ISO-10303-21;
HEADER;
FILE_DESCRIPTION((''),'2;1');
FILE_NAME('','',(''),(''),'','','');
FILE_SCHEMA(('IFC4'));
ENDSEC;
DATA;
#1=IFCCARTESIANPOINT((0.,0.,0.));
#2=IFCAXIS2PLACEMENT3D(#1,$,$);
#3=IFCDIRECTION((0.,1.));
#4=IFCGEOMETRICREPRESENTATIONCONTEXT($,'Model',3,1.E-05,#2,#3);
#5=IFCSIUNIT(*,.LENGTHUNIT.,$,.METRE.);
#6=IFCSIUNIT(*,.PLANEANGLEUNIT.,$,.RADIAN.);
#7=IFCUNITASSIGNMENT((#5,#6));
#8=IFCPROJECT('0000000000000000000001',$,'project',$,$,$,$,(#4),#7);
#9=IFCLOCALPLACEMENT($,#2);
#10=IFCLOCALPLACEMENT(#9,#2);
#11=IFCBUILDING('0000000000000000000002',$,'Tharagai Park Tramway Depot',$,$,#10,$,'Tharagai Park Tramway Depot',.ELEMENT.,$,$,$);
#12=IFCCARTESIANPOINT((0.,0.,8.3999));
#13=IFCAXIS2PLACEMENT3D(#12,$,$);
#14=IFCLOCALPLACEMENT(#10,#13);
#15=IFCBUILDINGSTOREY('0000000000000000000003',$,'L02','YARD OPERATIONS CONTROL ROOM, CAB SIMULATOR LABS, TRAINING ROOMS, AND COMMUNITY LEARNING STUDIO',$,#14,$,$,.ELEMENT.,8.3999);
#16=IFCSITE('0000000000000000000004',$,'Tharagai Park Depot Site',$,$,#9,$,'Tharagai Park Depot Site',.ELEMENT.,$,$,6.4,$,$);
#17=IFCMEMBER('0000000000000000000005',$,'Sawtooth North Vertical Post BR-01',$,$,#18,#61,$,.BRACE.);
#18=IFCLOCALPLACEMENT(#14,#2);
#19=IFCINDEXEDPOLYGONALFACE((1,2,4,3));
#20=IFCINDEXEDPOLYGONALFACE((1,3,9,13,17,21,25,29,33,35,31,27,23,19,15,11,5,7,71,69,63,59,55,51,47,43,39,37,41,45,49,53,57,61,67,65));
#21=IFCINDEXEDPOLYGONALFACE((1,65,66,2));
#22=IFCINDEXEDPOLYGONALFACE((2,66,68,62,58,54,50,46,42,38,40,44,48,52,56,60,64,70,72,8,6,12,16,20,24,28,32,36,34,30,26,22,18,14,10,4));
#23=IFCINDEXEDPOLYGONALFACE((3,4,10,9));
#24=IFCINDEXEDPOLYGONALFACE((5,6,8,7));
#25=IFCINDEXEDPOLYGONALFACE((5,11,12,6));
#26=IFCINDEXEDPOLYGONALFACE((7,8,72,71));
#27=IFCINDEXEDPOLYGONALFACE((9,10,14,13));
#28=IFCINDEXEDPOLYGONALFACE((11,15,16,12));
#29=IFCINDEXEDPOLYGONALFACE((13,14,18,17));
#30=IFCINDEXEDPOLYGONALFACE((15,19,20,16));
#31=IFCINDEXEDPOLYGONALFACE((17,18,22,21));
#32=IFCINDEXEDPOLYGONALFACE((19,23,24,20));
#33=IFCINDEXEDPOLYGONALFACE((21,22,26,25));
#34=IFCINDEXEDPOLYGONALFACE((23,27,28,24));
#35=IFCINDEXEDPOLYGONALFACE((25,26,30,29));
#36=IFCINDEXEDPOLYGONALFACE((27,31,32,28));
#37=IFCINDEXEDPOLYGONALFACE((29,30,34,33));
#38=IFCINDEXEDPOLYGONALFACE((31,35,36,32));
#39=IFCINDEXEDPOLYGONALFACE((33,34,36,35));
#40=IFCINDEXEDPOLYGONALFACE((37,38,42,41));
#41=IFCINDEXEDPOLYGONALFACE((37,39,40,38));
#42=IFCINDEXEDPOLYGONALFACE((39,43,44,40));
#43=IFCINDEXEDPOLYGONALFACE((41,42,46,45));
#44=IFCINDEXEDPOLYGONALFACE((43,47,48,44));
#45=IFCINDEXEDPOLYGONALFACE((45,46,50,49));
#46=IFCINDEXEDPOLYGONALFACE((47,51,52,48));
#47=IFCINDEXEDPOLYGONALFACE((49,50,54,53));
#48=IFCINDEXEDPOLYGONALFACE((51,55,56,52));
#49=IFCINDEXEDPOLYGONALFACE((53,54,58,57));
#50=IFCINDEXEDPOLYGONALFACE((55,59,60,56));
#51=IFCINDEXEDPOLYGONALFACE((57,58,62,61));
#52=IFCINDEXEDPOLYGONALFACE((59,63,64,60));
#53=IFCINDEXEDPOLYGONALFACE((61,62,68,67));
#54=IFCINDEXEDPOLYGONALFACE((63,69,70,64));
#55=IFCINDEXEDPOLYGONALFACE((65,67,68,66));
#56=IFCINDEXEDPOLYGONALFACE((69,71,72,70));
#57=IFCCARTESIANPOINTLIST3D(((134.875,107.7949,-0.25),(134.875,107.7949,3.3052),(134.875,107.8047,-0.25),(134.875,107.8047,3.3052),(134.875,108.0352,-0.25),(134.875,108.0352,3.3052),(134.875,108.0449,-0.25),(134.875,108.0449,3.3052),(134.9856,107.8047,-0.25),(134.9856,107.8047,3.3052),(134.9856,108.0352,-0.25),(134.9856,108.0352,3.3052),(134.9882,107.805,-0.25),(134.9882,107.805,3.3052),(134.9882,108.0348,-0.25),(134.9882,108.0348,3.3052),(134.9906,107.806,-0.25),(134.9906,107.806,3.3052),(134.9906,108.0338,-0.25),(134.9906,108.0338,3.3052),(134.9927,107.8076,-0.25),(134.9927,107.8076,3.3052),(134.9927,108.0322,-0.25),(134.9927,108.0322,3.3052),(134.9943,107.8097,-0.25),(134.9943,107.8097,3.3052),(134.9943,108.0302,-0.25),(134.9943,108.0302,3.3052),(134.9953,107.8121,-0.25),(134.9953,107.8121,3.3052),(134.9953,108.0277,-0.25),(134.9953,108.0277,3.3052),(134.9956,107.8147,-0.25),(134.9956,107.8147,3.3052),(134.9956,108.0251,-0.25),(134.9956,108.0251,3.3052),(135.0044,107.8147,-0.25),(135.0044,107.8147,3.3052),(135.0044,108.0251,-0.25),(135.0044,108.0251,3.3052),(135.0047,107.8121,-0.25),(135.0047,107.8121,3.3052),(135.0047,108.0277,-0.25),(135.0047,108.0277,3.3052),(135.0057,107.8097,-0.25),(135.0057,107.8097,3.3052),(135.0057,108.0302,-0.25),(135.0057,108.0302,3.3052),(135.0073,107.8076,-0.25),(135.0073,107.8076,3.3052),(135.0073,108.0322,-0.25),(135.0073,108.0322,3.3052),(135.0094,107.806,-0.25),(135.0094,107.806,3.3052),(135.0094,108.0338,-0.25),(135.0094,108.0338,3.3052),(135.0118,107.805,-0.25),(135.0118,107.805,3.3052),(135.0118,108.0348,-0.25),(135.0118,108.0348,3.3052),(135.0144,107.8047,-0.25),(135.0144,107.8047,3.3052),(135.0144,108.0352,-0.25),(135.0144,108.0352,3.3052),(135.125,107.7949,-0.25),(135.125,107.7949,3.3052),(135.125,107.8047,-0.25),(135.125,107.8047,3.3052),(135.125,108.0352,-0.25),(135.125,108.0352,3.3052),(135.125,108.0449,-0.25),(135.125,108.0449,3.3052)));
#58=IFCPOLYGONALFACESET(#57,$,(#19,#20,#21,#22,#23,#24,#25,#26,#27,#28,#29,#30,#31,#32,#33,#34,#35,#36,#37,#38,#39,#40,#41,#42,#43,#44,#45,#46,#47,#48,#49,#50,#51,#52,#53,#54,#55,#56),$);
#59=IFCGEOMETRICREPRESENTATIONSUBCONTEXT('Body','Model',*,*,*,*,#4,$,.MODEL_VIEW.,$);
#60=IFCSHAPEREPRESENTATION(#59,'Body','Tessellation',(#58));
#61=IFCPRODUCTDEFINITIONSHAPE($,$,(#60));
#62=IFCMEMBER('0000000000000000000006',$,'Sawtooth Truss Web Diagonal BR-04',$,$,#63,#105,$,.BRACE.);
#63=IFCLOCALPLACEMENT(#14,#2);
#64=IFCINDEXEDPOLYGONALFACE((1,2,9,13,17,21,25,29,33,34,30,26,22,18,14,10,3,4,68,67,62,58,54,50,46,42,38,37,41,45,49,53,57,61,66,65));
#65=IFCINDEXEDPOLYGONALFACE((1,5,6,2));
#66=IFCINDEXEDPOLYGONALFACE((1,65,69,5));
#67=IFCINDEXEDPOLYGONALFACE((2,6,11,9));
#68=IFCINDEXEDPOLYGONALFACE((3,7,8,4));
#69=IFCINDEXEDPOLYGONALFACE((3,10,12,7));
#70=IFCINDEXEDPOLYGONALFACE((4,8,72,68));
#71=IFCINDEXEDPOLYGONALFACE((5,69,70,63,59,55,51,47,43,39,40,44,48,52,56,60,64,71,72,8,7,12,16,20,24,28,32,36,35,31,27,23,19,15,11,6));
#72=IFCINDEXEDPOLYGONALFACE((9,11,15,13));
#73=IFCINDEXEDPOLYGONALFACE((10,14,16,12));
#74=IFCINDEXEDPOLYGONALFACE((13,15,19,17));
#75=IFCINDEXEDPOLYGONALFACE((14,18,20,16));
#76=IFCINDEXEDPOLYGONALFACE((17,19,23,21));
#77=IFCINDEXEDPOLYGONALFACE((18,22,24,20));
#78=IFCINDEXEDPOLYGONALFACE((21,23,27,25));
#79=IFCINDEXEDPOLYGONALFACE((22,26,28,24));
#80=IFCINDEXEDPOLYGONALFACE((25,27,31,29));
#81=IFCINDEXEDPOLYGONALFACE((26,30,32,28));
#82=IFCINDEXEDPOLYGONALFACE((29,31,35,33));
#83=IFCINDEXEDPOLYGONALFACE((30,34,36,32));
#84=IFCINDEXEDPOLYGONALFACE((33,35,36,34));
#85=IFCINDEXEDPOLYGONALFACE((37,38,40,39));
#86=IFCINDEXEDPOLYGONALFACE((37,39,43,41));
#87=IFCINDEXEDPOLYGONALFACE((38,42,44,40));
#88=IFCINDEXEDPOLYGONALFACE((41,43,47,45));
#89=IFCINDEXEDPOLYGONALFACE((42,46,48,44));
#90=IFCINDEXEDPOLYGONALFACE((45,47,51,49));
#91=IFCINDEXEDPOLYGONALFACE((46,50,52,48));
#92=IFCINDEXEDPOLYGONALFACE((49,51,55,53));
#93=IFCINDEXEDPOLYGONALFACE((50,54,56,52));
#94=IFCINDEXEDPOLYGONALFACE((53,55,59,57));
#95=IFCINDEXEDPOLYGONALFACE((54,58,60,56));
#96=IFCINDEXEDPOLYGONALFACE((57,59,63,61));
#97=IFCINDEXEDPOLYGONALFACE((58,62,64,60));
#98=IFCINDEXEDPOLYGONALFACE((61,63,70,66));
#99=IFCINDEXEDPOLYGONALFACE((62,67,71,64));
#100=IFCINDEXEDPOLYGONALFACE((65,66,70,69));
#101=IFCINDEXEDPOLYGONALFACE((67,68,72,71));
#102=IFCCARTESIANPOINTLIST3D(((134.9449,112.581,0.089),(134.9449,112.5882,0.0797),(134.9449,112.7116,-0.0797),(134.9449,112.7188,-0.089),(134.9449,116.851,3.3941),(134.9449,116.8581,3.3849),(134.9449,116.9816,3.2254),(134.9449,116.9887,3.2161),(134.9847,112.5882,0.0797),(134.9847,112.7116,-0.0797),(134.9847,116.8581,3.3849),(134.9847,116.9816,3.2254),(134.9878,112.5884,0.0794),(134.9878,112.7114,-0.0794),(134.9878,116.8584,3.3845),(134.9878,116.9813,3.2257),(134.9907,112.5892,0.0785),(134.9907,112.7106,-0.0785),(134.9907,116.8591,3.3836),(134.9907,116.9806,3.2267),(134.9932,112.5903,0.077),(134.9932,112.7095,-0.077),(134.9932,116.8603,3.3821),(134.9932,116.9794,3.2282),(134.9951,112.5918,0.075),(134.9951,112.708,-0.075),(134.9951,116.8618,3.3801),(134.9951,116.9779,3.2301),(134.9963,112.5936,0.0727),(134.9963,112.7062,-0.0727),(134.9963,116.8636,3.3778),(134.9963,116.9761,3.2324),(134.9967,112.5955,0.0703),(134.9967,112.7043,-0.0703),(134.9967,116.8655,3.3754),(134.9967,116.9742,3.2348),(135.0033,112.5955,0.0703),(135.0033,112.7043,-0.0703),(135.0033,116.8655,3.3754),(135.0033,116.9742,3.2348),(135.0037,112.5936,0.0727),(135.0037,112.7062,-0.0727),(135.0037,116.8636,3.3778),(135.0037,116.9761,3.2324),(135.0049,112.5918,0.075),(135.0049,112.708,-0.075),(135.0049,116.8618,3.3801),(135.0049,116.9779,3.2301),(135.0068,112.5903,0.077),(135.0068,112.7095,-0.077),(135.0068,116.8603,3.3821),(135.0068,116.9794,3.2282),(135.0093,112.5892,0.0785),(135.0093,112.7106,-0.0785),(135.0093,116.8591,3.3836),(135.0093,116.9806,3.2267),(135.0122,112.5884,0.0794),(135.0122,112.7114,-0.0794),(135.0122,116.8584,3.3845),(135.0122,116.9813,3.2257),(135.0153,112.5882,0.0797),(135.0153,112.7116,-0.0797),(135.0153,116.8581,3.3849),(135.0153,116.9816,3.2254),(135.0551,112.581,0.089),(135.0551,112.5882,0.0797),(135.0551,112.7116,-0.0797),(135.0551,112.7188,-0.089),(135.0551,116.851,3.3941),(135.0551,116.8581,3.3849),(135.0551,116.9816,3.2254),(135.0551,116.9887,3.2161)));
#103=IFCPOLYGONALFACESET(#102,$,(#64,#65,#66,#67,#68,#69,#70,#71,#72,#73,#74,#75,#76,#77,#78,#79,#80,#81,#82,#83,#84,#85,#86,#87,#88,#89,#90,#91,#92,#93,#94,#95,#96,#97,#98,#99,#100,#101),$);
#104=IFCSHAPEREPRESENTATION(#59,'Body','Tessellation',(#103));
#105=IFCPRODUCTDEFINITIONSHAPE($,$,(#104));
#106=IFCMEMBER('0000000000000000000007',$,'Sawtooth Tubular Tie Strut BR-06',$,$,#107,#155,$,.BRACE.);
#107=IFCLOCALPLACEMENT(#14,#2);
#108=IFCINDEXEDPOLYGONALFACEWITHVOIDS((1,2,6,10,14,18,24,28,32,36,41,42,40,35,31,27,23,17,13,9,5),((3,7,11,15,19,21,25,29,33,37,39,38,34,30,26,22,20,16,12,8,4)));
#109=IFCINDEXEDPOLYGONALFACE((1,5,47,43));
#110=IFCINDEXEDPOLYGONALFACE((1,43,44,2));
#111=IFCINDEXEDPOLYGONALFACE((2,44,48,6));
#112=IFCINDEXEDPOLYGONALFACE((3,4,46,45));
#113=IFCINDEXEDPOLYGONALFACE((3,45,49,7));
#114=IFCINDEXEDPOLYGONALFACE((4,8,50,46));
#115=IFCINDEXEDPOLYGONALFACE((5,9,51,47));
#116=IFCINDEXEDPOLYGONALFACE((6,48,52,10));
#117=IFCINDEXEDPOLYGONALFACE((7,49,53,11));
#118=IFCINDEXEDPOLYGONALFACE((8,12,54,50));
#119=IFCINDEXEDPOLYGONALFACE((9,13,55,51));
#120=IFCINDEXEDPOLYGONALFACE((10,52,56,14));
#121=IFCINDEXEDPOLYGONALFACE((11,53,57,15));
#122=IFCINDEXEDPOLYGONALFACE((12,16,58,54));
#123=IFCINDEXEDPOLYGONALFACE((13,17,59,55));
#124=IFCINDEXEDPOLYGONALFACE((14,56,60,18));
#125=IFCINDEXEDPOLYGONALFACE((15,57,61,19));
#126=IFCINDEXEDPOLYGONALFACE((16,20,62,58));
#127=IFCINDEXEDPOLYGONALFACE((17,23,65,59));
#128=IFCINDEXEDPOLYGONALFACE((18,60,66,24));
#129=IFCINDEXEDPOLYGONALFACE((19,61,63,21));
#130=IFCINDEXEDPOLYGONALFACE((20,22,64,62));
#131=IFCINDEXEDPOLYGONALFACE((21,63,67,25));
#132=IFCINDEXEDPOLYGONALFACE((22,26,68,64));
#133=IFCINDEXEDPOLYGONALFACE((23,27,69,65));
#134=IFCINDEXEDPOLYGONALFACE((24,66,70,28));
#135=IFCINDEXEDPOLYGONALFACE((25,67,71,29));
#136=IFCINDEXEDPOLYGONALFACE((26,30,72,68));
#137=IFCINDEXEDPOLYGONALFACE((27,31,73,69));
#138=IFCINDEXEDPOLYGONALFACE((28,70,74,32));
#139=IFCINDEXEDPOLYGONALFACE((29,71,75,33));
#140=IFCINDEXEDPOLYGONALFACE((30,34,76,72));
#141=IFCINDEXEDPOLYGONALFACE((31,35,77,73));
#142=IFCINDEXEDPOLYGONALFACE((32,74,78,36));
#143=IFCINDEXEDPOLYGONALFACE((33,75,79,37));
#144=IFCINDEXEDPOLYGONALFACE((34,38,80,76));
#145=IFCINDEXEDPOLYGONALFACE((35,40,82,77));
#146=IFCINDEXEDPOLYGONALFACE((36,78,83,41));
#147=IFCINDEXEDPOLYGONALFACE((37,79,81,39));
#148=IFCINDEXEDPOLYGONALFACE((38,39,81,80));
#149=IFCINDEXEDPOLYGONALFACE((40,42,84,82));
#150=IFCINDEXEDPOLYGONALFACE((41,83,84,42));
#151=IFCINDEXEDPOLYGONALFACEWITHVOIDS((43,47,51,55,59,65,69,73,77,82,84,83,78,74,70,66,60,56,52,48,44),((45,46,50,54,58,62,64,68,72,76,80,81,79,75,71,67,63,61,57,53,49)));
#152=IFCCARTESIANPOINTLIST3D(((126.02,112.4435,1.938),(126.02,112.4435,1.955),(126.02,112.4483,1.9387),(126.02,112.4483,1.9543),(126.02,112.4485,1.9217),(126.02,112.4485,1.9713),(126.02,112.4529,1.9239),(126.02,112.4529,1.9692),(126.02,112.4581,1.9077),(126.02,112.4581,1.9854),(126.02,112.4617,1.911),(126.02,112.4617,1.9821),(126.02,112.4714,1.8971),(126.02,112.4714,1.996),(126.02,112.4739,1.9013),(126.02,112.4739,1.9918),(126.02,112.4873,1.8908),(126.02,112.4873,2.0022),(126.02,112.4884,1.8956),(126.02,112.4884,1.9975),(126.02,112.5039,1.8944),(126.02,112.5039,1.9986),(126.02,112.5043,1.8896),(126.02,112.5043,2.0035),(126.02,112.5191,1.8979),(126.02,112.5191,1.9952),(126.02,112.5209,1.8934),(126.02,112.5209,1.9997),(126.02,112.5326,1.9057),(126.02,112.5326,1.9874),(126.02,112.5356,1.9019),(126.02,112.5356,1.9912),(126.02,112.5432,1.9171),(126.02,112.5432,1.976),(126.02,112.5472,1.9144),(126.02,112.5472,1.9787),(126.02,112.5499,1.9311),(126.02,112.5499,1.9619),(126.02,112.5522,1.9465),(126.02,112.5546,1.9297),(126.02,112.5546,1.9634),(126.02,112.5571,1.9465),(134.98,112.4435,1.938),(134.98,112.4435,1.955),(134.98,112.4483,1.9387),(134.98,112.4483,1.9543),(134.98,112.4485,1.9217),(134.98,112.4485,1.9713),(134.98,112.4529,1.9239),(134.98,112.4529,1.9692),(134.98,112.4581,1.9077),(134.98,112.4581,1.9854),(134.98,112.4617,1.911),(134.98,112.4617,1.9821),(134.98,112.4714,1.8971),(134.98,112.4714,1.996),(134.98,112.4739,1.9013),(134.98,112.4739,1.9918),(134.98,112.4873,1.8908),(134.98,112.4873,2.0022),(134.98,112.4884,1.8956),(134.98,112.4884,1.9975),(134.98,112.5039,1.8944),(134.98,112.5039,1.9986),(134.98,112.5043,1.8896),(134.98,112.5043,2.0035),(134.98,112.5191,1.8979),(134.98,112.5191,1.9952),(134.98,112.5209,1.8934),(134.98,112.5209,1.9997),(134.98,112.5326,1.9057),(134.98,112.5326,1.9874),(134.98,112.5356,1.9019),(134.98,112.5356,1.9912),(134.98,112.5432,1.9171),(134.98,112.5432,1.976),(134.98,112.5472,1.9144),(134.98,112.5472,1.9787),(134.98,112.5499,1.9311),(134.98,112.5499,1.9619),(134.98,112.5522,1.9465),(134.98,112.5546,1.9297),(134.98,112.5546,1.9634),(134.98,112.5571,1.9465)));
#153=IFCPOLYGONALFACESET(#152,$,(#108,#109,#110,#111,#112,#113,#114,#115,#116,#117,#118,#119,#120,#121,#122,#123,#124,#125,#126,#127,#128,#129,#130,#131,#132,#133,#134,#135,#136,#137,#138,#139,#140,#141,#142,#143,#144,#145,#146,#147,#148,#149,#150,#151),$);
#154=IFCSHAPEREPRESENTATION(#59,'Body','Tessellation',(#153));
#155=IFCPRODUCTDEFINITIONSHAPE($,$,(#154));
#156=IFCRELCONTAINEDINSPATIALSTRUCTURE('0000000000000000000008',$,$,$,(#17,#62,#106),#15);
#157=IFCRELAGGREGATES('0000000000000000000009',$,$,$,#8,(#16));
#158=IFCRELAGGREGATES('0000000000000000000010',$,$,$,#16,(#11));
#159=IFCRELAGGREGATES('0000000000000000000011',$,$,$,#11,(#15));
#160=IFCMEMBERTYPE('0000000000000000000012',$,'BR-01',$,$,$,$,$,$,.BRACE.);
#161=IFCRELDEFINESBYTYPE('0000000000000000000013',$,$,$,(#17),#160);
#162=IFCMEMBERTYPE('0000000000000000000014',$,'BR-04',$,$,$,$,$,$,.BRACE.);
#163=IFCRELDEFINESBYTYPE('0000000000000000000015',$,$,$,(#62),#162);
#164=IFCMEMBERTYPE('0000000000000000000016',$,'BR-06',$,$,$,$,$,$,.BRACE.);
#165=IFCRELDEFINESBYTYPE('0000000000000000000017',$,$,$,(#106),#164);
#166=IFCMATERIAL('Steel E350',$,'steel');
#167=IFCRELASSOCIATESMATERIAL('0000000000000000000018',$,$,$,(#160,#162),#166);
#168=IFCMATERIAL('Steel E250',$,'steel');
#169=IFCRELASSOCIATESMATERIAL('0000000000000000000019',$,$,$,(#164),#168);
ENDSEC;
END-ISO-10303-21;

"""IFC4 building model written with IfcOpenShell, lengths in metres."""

from ifc_helpers import new_model, si_unit, direction, frame, origin, origin_2d, place, context, subcontext, project, spatial, hollow_circle, i_section, extrude, material, material_profile, profile_set, type_object, element, save


model = new_model("IFC4")

# Units and contexts
model_context = context("Model", 3, precision=1e-05, world=origin(), true_north=direction((0.0, 1.0)))
body_context = subcontext(model_context, "Body", "Model", "MODEL_VIEW")
ifc_project = project(units=[si_unit("LENGTHUNIT", "METRE"), si_unit("PLANEANGLEUNIT", "RADIAN")], contexts=[model_context])

# Site, building, storey
site_placement = place(None, origin())
site = spatial("IfcSite", under=ifc_project, at=site_placement, Name="Tharagai Park Depot Site", LongName="Tharagai Park Depot Site", CompositionType="ELEMENT", RefElevation=6.4)
building_placement = place(site_placement, origin())
building = spatial("IfcBuilding", under=site, at=building_placement, Name="Tharagai Park Tramway Depot", LongName="Tharagai Park Tramway Depot", CompositionType="ELEMENT")
storey_placement = place(building_placement, frame((0.0, 0.0, 8.3999)))
storey = spatial("IfcBuildingStorey", under=building, at=storey_placement, Name="L02", Description="YARD OPERATIONS CONTROL ROOM, CAB SIMULATOR LABS, TRAINING ROOMS, AND COMMUNITY LEARNING STUDIO", CompositionType="ELEMENT", Elevation=8.3999)

# Members
ifc_material_1 = material(Name="Steel E350", Category="steel")
ifc_material_profile_1 = material_profile(ifc_material_1, i_section(OverallWidth=0.25, OverallDepth=0.25, WebThickness=0.0088, FlangeThickness=0.0098, FilletRadius=0.01, at=origin_2d()), Name="ISHB 250")
ifc_profile_set_1 = profile_set([ifc_material_profile_1], Name="Steel E350")
member_type_1 = type_object("IfcMemberType", Name="BR-01", PredefinedType="BRACE", material=ifc_profile_set_1)
member_1_placement = place(storey_placement, frame((135.0, 107.9199, -0.25), z_axis=(0.0, 0.0, 1.0), x_axis=(1.0, 0.0, 0.0)))
element("IfcMember", 1, at=member_1_placement, inside=storey, type_object=member_type_1, Name="Sawtooth North Vertical Post BR-01", PredefinedType="BRACE", context=body_context, shape_type="SweptSolid", body=[
    extrude(i_section(OverallWidth=0.25, OverallDepth=0.25, WebThickness=0.0088, FlangeThickness=0.0098, FilletRadius=0.01, at=origin_2d()), origin(), (0.0, 0.0, 1.0), 3.5552),
])
ifc_material_profile_2 = material_profile(ifc_material_1, i_section(OverallWidth=0.1101, OverallDepth=0.2251, WebThickness=0.0066, FlangeThickness=0.0117, FilletRadius=0.012, at=origin_2d()), Name="ISMB 225")
ifc_profile_set_2 = profile_set([ifc_material_profile_2], Name="Steel E350")
member_type_2 = type_object("IfcMemberType", Name="BR-04", PredefinedType="BRACE", material=ifc_profile_set_2)
member_2_placement = place(storey_placement, frame((135.0, 112.6499, 0.0), z_axis=(0.0, 0.790782, 0.612098), x_axis=(-1.0, 0.0, 0.0)))
element("IfcMember", 2, at=member_2_placement, inside=storey, type_object=member_type_2, Name="Sawtooth Truss Web Diagonal BR-04", PredefinedType="BRACE", context=body_context, shape_type="SweptSolid", body=[
    extrude(i_section(OverallWidth=0.1101, OverallDepth=0.2251, WebThickness=0.0066, FlangeThickness=0.0117, FilletRadius=0.012, at=origin_2d()), origin(), (0.0, 0.0, 1.0), 5.3997),
])
ifc_material_2 = material(Name="Steel E250", Category="steel")
ifc_material_profile_3 = material_profile(ifc_material_2, hollow_circle(Radius=0.0571, WallThickness=0.0049, at=origin_2d()), Name="CHS 114.3x5")
ifc_profile_set_3 = profile_set([ifc_material_profile_3], Name="Steel E250")
member_type_3 = type_object("IfcMemberType", Name="BR-06", PredefinedType="BRACE", material=ifc_profile_set_3)
for number, where, z_axis, x_axis, name in (
    (3, (126.02, 112.5, 1.9465), (1.0, 0.0, 0.0), (0.0, 1.0, 0.0), "Sawtooth Tubular Tie Strut BR-06"),
):
    element("IfcMember", number, at=place(storey_placement, frame(where, z_axis=z_axis, x_axis=x_axis)), inside=storey, type_object=member_type_3, Name=name, PredefinedType="BRACE", context=body_context, shape_type="SweptSolid", body=[
        extrude(hollow_circle(Radius=0.0571, WallThickness=0.0049, at=origin_2d()), origin(), (0.0, 0.0, 1.0), 8.96),
    ])

save(model, "model.ifc")
